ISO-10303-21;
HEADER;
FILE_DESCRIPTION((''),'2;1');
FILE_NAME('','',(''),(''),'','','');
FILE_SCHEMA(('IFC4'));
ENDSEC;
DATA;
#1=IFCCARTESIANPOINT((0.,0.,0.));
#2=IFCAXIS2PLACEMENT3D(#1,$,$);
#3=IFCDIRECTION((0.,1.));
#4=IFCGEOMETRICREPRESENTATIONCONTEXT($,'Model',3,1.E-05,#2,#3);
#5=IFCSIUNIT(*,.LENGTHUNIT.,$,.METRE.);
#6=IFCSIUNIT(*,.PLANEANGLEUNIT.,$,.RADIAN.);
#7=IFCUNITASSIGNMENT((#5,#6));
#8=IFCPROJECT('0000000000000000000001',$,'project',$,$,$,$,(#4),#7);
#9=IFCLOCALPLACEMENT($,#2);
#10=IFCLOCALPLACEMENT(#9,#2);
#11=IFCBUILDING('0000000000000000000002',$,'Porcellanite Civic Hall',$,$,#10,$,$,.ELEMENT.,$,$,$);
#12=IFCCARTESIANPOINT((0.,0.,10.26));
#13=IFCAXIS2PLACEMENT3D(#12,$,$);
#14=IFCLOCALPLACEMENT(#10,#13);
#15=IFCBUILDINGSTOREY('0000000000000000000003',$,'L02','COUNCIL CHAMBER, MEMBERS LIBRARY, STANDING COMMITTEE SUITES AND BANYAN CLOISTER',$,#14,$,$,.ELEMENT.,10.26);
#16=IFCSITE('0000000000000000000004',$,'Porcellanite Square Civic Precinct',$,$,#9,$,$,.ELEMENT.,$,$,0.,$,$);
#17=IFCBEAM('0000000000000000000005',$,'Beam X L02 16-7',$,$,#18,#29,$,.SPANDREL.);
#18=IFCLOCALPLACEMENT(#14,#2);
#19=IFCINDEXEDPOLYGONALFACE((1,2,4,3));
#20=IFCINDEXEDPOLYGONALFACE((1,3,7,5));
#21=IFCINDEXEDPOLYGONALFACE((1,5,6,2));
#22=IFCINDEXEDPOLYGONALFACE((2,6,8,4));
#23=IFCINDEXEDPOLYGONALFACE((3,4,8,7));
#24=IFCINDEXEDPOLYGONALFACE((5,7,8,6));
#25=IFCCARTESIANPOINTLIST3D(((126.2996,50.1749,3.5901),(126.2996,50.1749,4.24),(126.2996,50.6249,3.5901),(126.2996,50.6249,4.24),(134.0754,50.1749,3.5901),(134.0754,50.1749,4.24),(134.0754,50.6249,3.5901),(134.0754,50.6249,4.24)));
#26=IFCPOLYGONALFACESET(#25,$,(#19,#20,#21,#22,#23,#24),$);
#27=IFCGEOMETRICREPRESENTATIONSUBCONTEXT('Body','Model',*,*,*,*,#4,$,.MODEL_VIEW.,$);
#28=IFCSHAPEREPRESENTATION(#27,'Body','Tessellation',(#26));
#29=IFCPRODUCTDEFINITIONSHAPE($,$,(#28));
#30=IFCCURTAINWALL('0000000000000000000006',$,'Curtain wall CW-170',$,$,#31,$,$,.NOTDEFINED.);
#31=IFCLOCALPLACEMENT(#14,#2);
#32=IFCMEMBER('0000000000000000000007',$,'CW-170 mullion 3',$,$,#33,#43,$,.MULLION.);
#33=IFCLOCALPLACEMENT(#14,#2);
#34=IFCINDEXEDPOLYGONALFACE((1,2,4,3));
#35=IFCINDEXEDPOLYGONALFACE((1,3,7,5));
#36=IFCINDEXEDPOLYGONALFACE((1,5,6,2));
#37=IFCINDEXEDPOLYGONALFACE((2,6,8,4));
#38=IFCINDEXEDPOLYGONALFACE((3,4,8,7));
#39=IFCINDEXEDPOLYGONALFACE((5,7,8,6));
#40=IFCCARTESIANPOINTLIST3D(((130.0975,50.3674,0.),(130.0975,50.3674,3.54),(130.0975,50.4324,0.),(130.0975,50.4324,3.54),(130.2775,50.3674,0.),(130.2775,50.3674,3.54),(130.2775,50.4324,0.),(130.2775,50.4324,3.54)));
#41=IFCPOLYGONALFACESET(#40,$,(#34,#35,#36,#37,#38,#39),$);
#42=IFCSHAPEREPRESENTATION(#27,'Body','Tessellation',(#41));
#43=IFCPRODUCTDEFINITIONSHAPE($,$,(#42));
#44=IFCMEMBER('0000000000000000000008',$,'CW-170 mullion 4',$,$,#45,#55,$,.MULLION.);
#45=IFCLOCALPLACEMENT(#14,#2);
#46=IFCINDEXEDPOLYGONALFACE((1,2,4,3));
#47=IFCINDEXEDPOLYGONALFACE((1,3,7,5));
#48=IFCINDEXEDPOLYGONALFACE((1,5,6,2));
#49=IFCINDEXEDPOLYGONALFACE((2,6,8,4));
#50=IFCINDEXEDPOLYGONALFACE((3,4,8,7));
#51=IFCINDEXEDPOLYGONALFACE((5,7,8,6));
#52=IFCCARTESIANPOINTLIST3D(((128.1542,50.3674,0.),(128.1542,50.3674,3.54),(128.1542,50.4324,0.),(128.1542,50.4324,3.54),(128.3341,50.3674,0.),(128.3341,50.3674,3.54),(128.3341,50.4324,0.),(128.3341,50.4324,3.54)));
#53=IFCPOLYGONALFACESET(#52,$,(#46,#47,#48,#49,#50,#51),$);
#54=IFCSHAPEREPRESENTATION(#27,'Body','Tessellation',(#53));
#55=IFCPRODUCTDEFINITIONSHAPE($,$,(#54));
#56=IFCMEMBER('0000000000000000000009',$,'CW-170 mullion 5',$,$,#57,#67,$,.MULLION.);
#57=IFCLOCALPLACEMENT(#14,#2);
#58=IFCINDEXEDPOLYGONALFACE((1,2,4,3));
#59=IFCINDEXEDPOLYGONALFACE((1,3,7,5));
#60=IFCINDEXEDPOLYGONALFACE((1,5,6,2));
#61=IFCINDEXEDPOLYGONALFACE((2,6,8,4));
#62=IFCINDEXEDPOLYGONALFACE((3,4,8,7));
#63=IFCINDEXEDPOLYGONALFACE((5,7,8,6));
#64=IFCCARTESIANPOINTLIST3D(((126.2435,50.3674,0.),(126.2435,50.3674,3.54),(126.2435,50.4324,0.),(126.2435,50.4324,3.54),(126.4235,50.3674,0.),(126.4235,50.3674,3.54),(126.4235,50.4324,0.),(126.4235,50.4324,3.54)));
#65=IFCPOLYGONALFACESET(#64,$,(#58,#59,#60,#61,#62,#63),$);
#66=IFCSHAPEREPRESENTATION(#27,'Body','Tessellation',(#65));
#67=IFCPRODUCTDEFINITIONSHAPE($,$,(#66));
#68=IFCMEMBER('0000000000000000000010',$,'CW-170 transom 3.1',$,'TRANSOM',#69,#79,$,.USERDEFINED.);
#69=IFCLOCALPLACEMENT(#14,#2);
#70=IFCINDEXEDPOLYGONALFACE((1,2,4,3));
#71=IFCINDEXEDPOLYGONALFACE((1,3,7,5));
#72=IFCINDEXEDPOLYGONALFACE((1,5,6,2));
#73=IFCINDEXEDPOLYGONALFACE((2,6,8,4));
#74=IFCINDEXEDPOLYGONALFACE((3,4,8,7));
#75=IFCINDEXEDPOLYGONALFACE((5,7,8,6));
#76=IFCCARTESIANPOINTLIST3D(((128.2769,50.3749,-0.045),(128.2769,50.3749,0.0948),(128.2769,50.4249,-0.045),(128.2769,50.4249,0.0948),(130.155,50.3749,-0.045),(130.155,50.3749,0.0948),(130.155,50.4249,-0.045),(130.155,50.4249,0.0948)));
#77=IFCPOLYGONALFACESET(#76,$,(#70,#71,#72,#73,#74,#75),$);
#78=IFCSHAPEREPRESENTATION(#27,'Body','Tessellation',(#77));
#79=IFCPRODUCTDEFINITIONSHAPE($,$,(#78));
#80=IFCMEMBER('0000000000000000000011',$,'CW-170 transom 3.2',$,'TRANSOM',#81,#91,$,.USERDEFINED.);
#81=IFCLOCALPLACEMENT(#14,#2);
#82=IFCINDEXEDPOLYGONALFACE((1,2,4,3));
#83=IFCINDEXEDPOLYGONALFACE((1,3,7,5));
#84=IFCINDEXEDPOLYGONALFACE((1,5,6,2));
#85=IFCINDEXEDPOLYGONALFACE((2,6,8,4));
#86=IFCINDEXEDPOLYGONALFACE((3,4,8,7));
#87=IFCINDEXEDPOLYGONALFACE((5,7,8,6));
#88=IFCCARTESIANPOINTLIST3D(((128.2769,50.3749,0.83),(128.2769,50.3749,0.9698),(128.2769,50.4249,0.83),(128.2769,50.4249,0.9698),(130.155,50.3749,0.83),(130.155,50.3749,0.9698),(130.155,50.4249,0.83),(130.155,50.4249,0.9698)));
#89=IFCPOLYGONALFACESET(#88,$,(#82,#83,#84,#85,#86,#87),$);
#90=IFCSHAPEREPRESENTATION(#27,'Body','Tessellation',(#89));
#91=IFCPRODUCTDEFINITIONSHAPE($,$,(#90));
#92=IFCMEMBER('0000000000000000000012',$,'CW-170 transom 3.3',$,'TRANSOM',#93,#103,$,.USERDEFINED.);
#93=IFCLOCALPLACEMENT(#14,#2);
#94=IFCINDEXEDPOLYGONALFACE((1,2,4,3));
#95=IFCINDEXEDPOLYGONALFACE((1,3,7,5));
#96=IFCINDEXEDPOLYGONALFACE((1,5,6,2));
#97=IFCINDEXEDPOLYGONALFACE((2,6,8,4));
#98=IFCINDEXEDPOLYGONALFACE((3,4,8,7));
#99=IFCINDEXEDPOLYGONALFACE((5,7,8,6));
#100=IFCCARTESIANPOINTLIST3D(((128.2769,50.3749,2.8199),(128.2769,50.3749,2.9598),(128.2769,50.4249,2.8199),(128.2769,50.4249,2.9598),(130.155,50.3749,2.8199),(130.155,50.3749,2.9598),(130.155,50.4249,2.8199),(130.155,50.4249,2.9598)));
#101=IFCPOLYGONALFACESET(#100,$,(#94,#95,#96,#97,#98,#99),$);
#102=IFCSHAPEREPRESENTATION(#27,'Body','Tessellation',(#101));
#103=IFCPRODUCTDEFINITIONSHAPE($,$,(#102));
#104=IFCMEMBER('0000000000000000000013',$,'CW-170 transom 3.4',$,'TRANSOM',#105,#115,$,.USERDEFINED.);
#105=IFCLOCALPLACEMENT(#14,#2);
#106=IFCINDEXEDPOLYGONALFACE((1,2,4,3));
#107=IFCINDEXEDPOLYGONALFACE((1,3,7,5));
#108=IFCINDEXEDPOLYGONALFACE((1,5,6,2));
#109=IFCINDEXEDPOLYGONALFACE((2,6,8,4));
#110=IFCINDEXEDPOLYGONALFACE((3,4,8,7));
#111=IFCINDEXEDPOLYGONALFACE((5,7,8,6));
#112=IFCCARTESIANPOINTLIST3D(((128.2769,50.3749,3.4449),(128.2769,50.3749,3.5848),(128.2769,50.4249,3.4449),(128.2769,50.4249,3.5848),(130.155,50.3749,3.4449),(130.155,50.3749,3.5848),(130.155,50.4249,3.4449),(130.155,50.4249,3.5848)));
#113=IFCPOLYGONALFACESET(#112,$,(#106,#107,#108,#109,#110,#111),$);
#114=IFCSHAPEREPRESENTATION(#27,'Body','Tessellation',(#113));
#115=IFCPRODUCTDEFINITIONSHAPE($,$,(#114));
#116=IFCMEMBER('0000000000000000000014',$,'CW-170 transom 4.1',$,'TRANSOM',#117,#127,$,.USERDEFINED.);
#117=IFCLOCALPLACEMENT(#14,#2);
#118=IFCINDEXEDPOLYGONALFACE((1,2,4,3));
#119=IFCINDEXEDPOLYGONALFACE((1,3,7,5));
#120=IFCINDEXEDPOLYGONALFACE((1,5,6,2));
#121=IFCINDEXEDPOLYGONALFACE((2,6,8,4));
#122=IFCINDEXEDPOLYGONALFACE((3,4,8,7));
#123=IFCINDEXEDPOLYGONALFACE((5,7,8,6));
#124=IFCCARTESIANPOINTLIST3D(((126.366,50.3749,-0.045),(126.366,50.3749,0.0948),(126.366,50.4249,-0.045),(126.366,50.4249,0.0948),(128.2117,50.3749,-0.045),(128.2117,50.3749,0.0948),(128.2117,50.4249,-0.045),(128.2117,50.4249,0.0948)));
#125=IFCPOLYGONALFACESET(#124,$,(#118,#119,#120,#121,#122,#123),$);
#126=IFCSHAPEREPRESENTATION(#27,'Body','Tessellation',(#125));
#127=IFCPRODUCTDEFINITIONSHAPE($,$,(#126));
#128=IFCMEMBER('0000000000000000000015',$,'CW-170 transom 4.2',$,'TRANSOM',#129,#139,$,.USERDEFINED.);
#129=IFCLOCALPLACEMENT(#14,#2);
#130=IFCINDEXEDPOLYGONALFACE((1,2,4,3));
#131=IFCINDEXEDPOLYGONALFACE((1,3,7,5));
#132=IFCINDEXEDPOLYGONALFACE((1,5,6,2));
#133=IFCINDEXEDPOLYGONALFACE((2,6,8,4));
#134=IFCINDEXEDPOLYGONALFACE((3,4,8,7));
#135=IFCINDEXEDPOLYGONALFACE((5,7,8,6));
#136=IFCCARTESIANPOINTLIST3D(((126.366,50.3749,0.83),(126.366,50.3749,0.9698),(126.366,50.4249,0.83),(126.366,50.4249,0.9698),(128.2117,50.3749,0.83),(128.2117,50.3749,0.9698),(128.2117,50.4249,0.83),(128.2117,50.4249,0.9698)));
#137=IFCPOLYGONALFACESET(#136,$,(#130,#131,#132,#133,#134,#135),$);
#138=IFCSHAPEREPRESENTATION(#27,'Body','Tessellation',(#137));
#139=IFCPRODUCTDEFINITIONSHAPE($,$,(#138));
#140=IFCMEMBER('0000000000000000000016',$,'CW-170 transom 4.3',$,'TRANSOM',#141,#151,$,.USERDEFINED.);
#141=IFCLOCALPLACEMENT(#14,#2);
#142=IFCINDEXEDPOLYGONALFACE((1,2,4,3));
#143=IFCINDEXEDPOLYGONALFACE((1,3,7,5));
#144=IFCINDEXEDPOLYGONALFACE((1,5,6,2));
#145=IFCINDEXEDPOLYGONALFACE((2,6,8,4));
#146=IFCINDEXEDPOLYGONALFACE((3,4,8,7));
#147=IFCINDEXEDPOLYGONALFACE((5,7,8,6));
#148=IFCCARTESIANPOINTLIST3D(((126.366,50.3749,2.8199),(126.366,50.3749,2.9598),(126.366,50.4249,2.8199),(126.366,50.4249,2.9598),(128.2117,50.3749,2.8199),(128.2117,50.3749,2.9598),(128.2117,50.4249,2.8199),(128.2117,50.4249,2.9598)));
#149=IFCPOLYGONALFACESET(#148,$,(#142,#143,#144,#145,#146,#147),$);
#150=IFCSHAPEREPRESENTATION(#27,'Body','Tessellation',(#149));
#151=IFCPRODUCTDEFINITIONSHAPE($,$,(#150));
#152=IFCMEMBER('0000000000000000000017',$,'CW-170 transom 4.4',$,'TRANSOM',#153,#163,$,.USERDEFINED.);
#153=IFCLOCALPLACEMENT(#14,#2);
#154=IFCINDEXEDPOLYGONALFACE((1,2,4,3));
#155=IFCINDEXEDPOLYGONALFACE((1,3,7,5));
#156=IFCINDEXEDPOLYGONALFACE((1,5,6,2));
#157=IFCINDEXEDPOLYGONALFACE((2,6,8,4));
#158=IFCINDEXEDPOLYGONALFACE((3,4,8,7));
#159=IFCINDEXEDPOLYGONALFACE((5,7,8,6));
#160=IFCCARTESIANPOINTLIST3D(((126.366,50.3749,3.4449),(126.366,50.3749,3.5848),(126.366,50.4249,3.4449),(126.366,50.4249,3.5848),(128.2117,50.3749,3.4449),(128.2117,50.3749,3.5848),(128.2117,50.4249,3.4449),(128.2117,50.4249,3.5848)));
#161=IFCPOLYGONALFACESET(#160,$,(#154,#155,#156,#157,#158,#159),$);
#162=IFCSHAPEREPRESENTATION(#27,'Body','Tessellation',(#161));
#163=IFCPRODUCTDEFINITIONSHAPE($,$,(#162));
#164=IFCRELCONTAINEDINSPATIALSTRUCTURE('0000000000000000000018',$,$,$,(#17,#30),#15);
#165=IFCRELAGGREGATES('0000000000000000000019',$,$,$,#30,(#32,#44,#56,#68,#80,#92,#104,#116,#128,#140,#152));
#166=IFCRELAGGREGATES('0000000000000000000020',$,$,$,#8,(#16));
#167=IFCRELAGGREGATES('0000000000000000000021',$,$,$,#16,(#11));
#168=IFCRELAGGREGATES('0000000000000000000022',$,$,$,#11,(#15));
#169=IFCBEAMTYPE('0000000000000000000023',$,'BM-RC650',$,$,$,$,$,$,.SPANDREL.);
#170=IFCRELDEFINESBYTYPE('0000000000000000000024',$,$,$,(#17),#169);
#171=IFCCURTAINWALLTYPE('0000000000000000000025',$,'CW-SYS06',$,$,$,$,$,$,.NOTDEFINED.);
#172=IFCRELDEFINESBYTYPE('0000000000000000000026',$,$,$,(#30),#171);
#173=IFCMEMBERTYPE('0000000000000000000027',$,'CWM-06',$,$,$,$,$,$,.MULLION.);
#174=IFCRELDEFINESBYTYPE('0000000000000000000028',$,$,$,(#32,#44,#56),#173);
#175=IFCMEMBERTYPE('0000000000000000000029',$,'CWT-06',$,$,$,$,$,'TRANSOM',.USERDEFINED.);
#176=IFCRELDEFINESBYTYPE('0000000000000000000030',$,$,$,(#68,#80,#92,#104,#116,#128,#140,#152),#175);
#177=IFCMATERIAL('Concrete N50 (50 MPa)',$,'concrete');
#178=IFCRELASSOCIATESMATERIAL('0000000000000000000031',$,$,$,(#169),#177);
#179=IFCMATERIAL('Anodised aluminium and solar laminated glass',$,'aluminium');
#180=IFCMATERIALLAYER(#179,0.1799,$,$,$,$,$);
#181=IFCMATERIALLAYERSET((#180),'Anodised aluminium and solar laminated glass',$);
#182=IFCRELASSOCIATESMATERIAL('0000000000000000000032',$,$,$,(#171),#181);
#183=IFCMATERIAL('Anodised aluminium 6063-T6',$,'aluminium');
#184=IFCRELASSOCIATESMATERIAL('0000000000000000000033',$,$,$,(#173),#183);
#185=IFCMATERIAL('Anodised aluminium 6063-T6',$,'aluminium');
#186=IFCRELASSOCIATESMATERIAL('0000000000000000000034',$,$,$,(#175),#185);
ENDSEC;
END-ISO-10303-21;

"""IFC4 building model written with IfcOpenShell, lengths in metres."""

from ifc_helpers import new_model, si_unit, direction, frame, origin, origin_2d, place, context, subcontext, project, spatial, rectangle, extrude, material, layer, layer_set, material_profile, profile_set, type_object, element, aggregate, save


model = new_model("IFC4")

# Units and contexts
model_context = context("Model", 3, precision=1e-05, world=origin(), true_north=direction((0.0, 1.0)))
body_context = subcontext(model_context, "Body", "Model", "MODEL_VIEW")
ifc_project = project(units=[si_unit("LENGTHUNIT", "METRE"), si_unit("PLANEANGLEUNIT", "RADIAN")], contexts=[model_context])

# Site, building, storey
site_placement = place(None, origin())
site = spatial("IfcSite", under=ifc_project, at=site_placement, Name="Porcellanite Square Civic Precinct", CompositionType="ELEMENT", RefElevation=0.0)
building_placement = place(site_placement, origin())
building = spatial("IfcBuilding", under=site, at=building_placement, Name="Porcellanite Civic Hall", CompositionType="ELEMENT")
storey_placement = place(building_placement, frame((0.0, 0.0, 10.26)))
storey = spatial("IfcBuildingStorey", under=building, at=storey_placement, Name="L02", Description="COUNCIL CHAMBER, MEMBERS LIBRARY, STANDING COMMITTEE SUITES AND BANYAN CLOISTER", CompositionType="ELEMENT", Elevation=10.26)

# Beam
ifc_material_1 = material(Name="Concrete N50 (50 MPa)", Category="concrete")
ifc_material_profile_1 = material_profile(ifc_material_1, rectangle(XDim=0.45, YDim=0.6499, at=origin_2d()), Name="RC-450x650")
ifc_profile_set_1 = profile_set([ifc_material_profile_1], Name="Concrete N50 (50 MPa)")
beam_type_1 = type_object("IfcBeamType", Name="BM-RC650", PredefinedType="SPANDREL", material=ifc_profile_set_1)
beam_1_placement = place(storey_placement, frame((126.2996, 50.3999, 3.915), z_axis=(1.0, 0.0, 0.0), x_axis=(0.0, 1.0, 0.0)))
element("IfcBeam", 1, at=beam_1_placement, inside=storey, type_object=beam_type_1, Name="Beam X L02 16-7", PredefinedType="SPANDREL", context=body_context, shape_type="SweptSolid", body=[
    extrude(rectangle(XDim=0.45, YDim=0.6499, at=origin_2d()), origin(), (0.0, 0.0, 1.0), 7.7759),
])

# Curtain wall, members
ifc_material_2 = material(Name="Anodised aluminium and solar laminated glass", Category="aluminium")
ifc_layer_1 = layer(ifc_material_2, 0.1799)
ifc_layer_set_1 = layer_set([ifc_layer_1], Name="Anodised aluminium and solar laminated glass")
curtain_wall_type = type_object("IfcCurtainWallType", Name="CW-SYS06", PredefinedType="NOTDEFINED", material=ifc_layer_set_1)
curtain_wall_placement = place(storey_placement, origin())
curtain_wall = element("IfcCurtainWall", 2, at=curtain_wall_placement, inside=storey, type_object=curtain_wall_type, Name="Curtain wall CW-170", PredefinedType="NOTDEFINED")
ifc_material_3 = material(Name="Anodised aluminium 6063-T6", Category="aluminium")
ifc_material_profile_2 = material_profile(ifc_material_3, rectangle(XDim=0.0649, YDim=0.1799, at=origin_2d()), Name="AL-65x180")
ifc_profile_set_2 = profile_set([ifc_material_profile_2], Name="Anodised aluminium 6063-T6")
member_type_1 = type_object("IfcMemberType", Name="CWM-06", PredefinedType="MULLION", material=ifc_profile_set_2)
member_1_placement = place(storey_placement, frame((130.1875, 50.3999, 0.0), z_axis=(0.0, 0.0, 1.0), x_axis=(0.0, -1.0, 0.0)))
member_1 = element("IfcMember", 3, at=member_1_placement, type_object=member_type_1, Name="CW-170 mullion 3", PredefinedType="MULLION", context=body_context, shape_type="SweptSolid", body=[
    extrude(rectangle(XDim=0.0649, YDim=0.1799, at=origin_2d()), origin(), (0.0, 0.0, 1.0), 3.54),
])
member_2_placement = place(storey_placement, frame((128.2441, 50.3999, 0.0), z_axis=(0.0, 0.0, 1.0), x_axis=(0.0, -1.0, 0.0)))
member_2 = element("IfcMember", 4, at=member_2_placement, type_object=member_type_1, Name="CW-170 mullion 4", PredefinedType="MULLION", context=body_context, shape_type="SweptSolid", body=[
    extrude(rectangle(XDim=0.0649, YDim=0.1799, at=origin_2d()), origin(), (0.0, 0.0, 1.0), 3.54),
])
member_3_placement = place(storey_placement, frame((126.3335, 50.3999, 0.0), z_axis=(0.0, 0.0, 1.0), x_axis=(0.0, -1.0, 0.0)))
member_3 = element("IfcMember", 5, at=member_3_placement, type_object=member_type_1, Name="CW-170 mullion 5", PredefinedType="MULLION", context=body_context, shape_type="SweptSolid", body=[
    extrude(rectangle(XDim=0.0649, YDim=0.1799, at=origin_2d()), origin(), (0.0, 0.0, 1.0), 3.54),
])
ifc_material_4 = material(Name="Anodised aluminium 6063-T6", Category="aluminium")
ifc_material_profile_3 = material_profile(ifc_material_4, rectangle(XDim=0.05, YDim=0.1399, at=origin_2d()), Name="AL-50x140")
ifc_profile_set_3 = profile_set([ifc_material_profile_3], Name="Anodised aluminium 6063-T6")
member_type_2 = type_object("IfcMemberType", Name="CWT-06", ElementType="TRANSOM", PredefinedType="USERDEFINED", material=ifc_profile_set_3)
member_4_placement = place(storey_placement, frame((130.155, 50.3999, 0.0249), z_axis=(-1.0, 0.0, 0.0), x_axis=(0.0, -1.0, 0.0)))
member_4 = element("IfcMember", 6, at=member_4_placement, type_object=member_type_2, Name="CW-170 transom 3.1", ObjectType="TRANSOM", PredefinedType="USERDEFINED", context=body_context, shape_type="SweptSolid", body=[
    extrude(rectangle(XDim=0.05, YDim=0.1399, at=origin_2d()), origin(), (0.0, 0.0, 1.0), 1.8782),
])
member_5_placement = place(storey_placement, frame((130.155, 50.3999, 0.8999), z_axis=(-1.0, 0.0, 0.0), x_axis=(0.0, -1.0, 0.0)))
member_5 = element("IfcMember", 7, at=member_5_placement, type_object=member_type_2, Name="CW-170 transom 3.2", ObjectType="TRANSOM", PredefinedType="USERDEFINED", context=body_context, shape_type="SweptSolid", body=[
    extrude(rectangle(XDim=0.05, YDim=0.1399, at=origin_2d()), origin(), (0.0, 0.0, 1.0), 1.8782),
])
member_6_placement = place(storey_placement, frame((130.155, 50.3999, 2.8899), z_axis=(-1.0, 0.0, 0.0), x_axis=(0.0, -1.0, 0.0)))
member_6 = element("IfcMember", 8, at=member_6_placement, type_object=member_type_2, Name="CW-170 transom 3.3", ObjectType="TRANSOM", PredefinedType="USERDEFINED", context=body_context, shape_type="SweptSolid", body=[
    extrude(rectangle(XDim=0.05, YDim=0.1399, at=origin_2d()), origin(), (0.0, 0.0, 1.0), 1.8782),
])
member_7_placement = place(storey_placement, frame((130.155, 50.3999, 3.5149), z_axis=(-1.0, 0.0, 0.0), x_axis=(0.0, -1.0, 0.0)))
member_7 = element("IfcMember", 9, at=member_7_placement, type_object=member_type_2, Name="CW-170 transom 3.4", ObjectType="TRANSOM", PredefinedType="USERDEFINED", context=body_context, shape_type="SweptSolid", body=[
    extrude(rectangle(XDim=0.05, YDim=0.1399, at=origin_2d()), origin(), (0.0, 0.0, 1.0), 1.8782),
])
member_8_placement = place(storey_placement, frame((128.2117, 50.3999, 0.0249), z_axis=(-1.0, 0.0, 0.0), x_axis=(0.0, -1.0, 0.0)))
member_8 = element("IfcMember", 10, at=member_8_placement, type_object=member_type_2, Name="CW-170 transom 4.1", ObjectType="TRANSOM", PredefinedType="USERDEFINED", context=body_context, shape_type="SweptSolid", body=[
    extrude(rectangle(XDim=0.05, YDim=0.1399, at=origin_2d()), origin(), (0.0, 0.0, 1.0), 1.8457),
])
member_9_placement = place(storey_placement, frame((128.2117, 50.3999, 0.8999), z_axis=(-1.0, 0.0, 0.0), x_axis=(0.0, -1.0, 0.0)))
member_9 = element("IfcMember", 11, at=member_9_placement, type_object=member_type_2, Name="CW-170 transom 4.2", ObjectType="TRANSOM", PredefinedType="USERDEFINED", context=body_context, shape_type="SweptSolid", body=[
    extrude(rectangle(XDim=0.05, YDim=0.1399, at=origin_2d()), origin(), (0.0, 0.0, 1.0), 1.8457),
])
member_10_placement = place(storey_placement, frame((128.2117, 50.3999, 2.8899), z_axis=(-1.0, 0.0, 0.0), x_axis=(0.0, -1.0, 0.0)))
member_10 = element("IfcMember", 12, at=member_10_placement, type_object=member_type_2, Name="CW-170 transom 4.3", ObjectType="TRANSOM", PredefinedType="USERDEFINED", context=body_context, shape_type="SweptSolid", body=[
    extrude(rectangle(XDim=0.05, YDim=0.1399, at=origin_2d()), origin(), (0.0, 0.0, 1.0), 1.8457),
])
member_11_placement = place(storey_placement, frame((128.2117, 50.3999, 3.5149), z_axis=(-1.0, 0.0, 0.0), x_axis=(0.0, -1.0, 0.0)))
member_11 = element("IfcMember", 13, at=member_11_placement, type_object=member_type_2, Name="CW-170 transom 4.4", ObjectType="TRANSOM", PredefinedType="USERDEFINED", context=body_context, shape_type="SweptSolid", body=[
    extrude(rectangle(XDim=0.05, YDim=0.1399, at=origin_2d()), origin(), (0.0, 0.0, 1.0), 1.8457),
])

aggregate(curtain_wall, [member_1, member_2, member_3, member_4, member_5, member_6, member_7, member_8, member_9, member_10, member_11])

save(model, "model.ifc")
